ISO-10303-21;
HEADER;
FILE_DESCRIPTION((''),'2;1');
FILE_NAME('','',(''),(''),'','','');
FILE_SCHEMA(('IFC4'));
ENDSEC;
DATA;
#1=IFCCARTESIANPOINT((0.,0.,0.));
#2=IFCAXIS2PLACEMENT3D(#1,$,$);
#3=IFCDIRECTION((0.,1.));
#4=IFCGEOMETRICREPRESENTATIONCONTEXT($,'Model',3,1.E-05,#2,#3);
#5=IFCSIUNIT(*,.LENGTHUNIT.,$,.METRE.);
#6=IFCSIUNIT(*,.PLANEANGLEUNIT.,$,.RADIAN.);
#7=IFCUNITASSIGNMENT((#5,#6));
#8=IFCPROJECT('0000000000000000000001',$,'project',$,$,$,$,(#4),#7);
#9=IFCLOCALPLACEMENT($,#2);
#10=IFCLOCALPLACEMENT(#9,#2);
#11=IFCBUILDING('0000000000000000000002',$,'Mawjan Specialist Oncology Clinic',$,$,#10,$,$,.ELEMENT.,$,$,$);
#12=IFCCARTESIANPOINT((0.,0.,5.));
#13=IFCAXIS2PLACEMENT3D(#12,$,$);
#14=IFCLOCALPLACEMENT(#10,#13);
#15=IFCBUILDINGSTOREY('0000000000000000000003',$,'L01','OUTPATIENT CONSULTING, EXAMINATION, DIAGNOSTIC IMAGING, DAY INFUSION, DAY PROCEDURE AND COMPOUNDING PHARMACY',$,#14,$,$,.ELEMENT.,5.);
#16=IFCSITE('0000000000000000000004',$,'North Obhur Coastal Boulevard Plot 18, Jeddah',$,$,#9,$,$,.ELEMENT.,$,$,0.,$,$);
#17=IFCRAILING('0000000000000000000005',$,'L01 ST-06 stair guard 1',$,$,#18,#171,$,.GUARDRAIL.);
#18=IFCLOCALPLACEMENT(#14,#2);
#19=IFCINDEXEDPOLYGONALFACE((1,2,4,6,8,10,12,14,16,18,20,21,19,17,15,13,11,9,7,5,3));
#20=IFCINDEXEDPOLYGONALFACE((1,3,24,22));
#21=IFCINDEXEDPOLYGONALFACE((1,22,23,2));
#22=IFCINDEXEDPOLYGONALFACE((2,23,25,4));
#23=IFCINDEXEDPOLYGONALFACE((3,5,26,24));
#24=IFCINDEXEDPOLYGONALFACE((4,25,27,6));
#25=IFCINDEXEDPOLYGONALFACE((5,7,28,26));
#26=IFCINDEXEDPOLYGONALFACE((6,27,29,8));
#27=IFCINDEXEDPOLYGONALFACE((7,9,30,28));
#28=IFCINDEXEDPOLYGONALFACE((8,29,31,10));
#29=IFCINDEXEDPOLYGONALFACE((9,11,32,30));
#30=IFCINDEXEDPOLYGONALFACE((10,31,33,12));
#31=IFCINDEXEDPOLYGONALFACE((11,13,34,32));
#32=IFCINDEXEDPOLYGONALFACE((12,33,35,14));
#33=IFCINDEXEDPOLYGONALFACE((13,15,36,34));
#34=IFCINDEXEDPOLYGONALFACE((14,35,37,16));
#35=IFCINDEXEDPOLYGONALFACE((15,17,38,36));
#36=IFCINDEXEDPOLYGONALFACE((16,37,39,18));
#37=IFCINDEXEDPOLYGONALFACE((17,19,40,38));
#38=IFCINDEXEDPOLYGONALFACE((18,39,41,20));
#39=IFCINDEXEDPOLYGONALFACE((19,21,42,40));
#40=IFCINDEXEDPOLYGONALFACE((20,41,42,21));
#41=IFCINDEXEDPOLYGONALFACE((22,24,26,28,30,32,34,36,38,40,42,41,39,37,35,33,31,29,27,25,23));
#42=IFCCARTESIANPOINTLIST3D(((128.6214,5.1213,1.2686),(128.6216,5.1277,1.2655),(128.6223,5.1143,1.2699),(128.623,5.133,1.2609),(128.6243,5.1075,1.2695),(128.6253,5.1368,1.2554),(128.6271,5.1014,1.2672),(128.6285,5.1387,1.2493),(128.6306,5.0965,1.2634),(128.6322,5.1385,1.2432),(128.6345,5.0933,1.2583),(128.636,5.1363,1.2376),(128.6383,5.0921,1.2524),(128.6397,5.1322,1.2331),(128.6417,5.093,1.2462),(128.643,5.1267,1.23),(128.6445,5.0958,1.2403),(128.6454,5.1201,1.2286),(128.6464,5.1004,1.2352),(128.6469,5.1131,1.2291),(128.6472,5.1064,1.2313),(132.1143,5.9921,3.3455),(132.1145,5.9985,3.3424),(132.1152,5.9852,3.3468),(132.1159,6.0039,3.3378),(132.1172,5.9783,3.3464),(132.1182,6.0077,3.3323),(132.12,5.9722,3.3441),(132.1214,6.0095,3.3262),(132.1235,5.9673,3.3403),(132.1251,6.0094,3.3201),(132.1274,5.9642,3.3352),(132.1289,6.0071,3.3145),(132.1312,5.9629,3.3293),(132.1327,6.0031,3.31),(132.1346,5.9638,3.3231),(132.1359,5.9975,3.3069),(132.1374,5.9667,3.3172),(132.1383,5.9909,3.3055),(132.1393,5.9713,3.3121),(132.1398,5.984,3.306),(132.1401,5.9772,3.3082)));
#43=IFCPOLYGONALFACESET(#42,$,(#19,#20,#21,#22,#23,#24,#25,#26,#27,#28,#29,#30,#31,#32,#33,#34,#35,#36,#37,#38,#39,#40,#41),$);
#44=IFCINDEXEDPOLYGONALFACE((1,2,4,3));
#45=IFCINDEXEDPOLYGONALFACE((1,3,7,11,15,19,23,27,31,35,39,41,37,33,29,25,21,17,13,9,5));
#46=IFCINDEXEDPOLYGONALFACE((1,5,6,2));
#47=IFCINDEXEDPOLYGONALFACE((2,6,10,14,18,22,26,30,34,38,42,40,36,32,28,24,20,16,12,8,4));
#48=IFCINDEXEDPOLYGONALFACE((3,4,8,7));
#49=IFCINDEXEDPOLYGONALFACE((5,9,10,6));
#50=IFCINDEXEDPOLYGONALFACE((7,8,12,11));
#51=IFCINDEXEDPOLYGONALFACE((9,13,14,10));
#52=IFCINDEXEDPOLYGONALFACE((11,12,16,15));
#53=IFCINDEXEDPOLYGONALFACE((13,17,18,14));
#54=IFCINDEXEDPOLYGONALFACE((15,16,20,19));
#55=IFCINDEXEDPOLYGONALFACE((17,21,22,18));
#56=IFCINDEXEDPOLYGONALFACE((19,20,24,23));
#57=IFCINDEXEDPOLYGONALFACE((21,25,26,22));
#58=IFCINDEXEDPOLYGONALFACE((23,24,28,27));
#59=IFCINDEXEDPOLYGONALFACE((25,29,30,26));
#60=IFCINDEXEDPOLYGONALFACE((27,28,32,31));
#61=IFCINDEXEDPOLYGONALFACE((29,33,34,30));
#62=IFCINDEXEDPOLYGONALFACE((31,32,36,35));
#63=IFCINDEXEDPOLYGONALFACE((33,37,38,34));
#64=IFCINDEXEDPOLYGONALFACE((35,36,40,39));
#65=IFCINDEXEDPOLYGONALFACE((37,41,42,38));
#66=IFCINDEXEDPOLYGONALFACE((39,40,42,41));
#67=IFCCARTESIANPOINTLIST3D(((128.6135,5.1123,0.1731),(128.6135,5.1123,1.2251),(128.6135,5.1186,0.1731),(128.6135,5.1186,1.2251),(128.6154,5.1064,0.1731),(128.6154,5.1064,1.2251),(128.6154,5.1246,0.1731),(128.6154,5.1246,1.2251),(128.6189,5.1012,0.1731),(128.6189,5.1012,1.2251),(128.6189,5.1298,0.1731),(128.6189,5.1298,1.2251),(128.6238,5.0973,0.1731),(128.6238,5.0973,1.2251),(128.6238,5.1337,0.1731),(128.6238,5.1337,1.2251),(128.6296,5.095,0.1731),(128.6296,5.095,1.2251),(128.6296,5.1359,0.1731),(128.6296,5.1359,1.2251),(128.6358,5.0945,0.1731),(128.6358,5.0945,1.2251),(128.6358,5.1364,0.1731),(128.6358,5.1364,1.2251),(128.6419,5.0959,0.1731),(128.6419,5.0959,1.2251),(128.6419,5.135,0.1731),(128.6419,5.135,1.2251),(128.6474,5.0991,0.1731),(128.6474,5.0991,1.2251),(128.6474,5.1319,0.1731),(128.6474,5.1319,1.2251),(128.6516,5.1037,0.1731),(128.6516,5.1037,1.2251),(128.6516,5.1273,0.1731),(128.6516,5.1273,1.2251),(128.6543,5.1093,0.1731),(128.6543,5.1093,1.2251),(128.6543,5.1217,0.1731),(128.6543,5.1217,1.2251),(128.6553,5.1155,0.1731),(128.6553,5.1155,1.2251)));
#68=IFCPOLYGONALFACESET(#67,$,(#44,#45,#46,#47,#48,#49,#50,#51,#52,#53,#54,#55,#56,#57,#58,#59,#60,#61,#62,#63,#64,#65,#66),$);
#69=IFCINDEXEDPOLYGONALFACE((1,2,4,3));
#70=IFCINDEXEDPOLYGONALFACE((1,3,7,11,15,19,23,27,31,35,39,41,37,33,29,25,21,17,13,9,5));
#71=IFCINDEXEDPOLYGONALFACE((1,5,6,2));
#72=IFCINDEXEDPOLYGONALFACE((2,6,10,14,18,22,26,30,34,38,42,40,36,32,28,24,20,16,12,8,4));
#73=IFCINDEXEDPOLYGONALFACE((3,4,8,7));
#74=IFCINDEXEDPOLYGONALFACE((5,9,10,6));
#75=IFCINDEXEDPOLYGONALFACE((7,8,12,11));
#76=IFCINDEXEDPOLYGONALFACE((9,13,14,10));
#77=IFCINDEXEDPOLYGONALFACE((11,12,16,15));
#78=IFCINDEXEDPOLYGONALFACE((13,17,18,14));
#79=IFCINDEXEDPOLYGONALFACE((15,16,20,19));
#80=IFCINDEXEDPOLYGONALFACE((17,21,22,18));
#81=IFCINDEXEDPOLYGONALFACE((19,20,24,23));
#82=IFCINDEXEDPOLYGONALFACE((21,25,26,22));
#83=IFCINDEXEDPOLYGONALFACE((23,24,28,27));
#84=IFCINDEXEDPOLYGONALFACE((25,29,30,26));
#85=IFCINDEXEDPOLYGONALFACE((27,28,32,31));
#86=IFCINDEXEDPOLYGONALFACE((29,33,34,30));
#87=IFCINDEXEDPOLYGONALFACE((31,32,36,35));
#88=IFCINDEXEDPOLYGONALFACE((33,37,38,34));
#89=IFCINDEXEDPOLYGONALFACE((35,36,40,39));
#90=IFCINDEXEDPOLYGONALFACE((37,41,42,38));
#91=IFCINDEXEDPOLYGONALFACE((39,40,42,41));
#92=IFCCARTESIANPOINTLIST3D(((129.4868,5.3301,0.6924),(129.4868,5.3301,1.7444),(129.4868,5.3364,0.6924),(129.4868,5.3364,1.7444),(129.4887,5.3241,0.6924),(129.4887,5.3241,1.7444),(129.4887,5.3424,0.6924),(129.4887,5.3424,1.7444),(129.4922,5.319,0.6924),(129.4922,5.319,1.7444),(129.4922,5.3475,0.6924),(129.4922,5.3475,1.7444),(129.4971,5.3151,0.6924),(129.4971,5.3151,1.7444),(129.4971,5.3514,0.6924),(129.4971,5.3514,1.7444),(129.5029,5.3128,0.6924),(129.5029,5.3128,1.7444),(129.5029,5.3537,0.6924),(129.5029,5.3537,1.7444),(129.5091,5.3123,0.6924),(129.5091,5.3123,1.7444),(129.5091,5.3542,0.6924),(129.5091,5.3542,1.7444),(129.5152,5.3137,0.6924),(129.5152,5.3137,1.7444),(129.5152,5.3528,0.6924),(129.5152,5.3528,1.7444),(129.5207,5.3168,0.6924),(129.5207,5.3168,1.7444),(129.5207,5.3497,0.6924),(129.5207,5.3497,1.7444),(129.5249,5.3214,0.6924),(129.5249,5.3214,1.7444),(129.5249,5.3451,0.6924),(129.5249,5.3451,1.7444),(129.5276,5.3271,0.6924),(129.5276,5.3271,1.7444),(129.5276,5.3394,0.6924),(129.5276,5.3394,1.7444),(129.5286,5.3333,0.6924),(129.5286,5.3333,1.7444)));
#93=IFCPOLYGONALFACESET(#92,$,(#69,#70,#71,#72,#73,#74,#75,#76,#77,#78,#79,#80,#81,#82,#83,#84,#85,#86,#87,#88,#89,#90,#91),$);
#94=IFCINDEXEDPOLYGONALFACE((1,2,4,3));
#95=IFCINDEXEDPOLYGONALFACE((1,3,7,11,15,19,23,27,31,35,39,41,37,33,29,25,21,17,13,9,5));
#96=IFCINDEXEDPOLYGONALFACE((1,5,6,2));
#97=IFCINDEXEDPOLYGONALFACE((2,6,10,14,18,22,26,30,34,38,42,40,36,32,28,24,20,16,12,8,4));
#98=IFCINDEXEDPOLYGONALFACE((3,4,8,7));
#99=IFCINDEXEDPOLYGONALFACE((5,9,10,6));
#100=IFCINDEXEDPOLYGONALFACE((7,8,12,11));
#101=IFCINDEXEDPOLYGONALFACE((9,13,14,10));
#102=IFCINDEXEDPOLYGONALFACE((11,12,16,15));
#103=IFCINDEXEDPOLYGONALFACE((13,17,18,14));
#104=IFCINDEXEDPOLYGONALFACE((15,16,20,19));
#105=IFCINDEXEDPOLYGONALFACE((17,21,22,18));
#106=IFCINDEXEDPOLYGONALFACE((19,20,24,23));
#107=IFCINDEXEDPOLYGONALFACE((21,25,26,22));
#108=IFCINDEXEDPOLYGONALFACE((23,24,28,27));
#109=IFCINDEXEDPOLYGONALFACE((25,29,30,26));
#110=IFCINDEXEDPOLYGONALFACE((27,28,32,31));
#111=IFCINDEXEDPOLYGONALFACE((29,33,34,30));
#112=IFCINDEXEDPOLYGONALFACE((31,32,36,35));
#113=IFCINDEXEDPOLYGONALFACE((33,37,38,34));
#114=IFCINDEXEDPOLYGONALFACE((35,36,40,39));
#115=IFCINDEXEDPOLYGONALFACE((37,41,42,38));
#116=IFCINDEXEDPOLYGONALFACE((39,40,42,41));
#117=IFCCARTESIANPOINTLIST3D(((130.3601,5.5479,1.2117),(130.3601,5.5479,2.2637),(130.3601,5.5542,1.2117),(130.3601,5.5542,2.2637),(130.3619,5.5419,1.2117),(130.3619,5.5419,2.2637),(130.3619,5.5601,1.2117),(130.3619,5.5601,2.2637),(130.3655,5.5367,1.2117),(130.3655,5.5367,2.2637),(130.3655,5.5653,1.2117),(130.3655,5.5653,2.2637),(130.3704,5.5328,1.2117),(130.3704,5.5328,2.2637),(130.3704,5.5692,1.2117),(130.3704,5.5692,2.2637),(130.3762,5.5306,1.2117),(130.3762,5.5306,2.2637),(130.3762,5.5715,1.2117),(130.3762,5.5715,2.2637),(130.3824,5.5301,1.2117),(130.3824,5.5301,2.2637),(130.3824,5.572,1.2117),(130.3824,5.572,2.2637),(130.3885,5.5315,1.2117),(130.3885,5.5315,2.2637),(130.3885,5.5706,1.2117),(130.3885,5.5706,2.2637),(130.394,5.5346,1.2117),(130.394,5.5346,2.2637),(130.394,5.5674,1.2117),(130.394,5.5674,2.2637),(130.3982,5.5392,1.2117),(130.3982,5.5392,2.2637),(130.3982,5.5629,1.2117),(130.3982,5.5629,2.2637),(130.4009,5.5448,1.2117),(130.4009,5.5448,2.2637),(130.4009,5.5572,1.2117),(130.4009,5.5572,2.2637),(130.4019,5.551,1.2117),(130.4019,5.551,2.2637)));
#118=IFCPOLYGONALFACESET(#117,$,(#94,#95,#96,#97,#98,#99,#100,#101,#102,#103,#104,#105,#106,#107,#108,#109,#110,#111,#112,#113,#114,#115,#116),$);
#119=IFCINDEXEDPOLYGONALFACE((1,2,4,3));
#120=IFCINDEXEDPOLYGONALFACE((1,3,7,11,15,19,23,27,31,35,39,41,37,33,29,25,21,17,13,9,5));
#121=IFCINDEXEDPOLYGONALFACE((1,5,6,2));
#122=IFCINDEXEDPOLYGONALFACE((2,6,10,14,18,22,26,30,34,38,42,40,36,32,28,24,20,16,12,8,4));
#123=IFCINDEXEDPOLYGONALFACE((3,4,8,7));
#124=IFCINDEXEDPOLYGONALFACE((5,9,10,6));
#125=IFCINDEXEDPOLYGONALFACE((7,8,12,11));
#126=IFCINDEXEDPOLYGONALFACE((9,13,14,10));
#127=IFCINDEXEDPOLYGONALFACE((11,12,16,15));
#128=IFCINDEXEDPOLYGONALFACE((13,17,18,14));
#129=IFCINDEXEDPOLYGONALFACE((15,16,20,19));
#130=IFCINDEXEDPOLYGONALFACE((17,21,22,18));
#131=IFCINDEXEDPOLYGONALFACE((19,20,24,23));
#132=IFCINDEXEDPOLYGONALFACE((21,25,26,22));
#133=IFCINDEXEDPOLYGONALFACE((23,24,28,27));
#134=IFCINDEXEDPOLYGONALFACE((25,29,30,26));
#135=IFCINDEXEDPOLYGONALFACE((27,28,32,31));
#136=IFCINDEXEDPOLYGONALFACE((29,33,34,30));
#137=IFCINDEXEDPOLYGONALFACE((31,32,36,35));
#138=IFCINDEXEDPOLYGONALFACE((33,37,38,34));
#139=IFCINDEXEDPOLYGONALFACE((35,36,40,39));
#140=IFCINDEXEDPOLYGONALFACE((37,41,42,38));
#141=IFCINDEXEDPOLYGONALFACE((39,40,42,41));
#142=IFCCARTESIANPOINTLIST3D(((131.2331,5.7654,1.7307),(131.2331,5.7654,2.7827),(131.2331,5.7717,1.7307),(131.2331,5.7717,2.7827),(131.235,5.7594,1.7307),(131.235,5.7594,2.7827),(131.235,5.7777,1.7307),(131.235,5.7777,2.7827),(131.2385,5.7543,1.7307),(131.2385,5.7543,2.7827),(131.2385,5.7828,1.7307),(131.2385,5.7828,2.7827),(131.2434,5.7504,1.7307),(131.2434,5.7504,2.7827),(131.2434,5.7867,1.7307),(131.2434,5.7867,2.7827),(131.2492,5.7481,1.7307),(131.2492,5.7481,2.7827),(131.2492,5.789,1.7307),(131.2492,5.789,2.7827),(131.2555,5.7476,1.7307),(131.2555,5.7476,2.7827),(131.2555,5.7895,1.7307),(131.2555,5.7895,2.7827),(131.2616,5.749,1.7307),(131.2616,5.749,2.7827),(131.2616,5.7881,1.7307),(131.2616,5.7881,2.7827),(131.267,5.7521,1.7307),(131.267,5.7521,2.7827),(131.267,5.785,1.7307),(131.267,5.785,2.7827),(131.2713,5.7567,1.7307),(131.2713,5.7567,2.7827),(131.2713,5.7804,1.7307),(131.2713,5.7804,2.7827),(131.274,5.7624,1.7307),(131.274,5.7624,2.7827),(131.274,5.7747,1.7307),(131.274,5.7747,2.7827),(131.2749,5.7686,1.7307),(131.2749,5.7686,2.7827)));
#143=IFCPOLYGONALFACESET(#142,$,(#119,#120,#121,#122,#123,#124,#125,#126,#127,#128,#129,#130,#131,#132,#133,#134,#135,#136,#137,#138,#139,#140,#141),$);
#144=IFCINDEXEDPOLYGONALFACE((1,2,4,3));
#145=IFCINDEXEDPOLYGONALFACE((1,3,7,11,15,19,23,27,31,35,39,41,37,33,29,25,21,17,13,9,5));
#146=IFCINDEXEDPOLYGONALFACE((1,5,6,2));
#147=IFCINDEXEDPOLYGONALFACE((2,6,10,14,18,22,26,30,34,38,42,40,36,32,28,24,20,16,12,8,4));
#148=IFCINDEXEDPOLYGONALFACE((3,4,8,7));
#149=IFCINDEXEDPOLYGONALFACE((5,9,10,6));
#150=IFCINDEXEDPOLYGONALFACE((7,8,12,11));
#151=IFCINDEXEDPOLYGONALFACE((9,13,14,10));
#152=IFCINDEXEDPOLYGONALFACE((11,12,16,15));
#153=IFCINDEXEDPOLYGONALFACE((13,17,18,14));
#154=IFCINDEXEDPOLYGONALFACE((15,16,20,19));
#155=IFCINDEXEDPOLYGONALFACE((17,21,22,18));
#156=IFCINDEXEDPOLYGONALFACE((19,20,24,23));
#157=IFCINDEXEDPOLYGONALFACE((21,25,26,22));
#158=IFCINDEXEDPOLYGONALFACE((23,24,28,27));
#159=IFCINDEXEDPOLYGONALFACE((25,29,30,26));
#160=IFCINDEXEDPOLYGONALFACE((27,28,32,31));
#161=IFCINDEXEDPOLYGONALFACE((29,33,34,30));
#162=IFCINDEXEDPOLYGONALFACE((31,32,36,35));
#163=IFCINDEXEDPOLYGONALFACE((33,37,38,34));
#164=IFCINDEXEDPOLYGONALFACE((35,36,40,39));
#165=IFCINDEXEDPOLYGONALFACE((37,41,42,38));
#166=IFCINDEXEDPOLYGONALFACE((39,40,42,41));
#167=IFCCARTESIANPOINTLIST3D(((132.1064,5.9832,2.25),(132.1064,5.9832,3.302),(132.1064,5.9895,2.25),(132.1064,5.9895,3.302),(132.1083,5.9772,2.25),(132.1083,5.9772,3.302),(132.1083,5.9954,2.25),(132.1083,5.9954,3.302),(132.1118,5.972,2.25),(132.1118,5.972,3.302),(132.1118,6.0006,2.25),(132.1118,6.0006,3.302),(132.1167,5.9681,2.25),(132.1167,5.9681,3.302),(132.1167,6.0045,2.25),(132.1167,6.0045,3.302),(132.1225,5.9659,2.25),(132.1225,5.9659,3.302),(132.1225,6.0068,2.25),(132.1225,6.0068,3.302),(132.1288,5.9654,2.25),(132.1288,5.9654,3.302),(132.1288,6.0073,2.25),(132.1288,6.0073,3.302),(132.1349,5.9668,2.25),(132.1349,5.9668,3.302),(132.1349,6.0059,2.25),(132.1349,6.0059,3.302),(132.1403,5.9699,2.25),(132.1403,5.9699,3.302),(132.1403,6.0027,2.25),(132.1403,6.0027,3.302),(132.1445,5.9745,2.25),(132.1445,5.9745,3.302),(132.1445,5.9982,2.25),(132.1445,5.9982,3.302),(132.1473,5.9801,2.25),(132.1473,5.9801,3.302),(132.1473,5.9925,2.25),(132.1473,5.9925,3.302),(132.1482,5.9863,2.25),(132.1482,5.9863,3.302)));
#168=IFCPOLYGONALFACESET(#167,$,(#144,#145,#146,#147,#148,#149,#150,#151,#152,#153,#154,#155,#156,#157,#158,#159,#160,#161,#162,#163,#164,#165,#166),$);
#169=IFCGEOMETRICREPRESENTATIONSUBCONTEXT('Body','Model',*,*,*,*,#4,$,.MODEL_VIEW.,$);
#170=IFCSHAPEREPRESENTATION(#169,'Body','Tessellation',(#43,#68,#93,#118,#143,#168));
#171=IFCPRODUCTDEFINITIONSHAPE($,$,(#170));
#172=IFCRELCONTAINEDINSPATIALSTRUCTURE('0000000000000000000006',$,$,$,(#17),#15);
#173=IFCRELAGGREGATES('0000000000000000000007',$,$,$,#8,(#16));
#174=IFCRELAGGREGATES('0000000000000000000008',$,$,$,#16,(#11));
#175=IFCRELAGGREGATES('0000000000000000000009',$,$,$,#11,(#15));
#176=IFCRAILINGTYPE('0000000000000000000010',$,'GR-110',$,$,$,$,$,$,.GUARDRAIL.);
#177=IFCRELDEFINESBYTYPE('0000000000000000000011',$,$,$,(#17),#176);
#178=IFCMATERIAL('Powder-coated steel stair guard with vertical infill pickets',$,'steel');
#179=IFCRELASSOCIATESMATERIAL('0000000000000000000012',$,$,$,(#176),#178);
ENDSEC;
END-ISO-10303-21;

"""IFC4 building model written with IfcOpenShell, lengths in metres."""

from ifc_helpers import new_model, si_unit, direction, frame, origin, origin_2d, place, context, subcontext, project, spatial, circle, extrude, material, type_object, element, save


model = new_model("IFC4")

# Units and contexts
model_context = context("Model", 3, precision=1e-05, world=origin(), true_north=direction((0.0, 1.0)))
body_context = subcontext(model_context, "Body", "Model", "MODEL_VIEW")
ifc_project = project(units=[si_unit("LENGTHUNIT", "METRE"), si_unit("PLANEANGLEUNIT", "RADIAN")], contexts=[model_context])

# Site, building, storey
site_placement = place(None, origin())
site = spatial("IfcSite", under=ifc_project, at=site_placement, Name="North Obhur Coastal Boulevard Plot 18, Jeddah", CompositionType="ELEMENT", RefElevation=0.0)
building_placement = place(site_placement, origin())
building = spatial("IfcBuilding", under=site, at=building_placement, Name="Mawjan Specialist Oncology Clinic", CompositionType="ELEMENT")
storey_placement = place(building_placement, frame((0.0, 0.0, 5.0)))
storey = spatial("IfcBuildingStorey", under=building, at=storey_placement, Name="L01", Description="OUTPATIENT CONSULTING, EXAMINATION, DIAGNOSTIC IMAGING, DAY INFUSION, DAY PROCEDURE AND COMPOUNDING PHARMACY", CompositionType="ELEMENT", Elevation=5.0)

# Railing
ifc_material_1 = material(Name="Powder-coated steel stair guard with vertical infill pickets", Category="steel")
railing_type = type_object("IfcRailingType", Name="GR-110", PredefinedType="GUARDRAIL", material=ifc_material_1)
railing_1_placement = place(storey_placement, frame((128.6343, 5.1155, 0.1731)))
element("IfcRailing", 1, at=railing_1_placement, inside=storey, type_object=railing_type, Name="L01 ST-06 stair guard 1", PredefinedType="GUARDRAIL", context=body_context, shape_type="SweptSolid", body=[
    extrude(circle(Radius=0.0239, at=origin_2d()), frame((0.0, 0.0, 1.0762), z_axis=(0.840451, 0.20954, 0.499735), x_axis=(-0.241913, 0.970298, 0.0)), (0.0, 0.0, 1.0), 4.156),
    extrude(circle(Radius=0.021, at=origin_2d()), origin(), (0.0, 0.0, 1.0), 1.052),
    extrude(circle(Radius=0.021, at=origin_2d()), frame((0.8733, 0.2178, 0.5193)), (0.0, 0.0, 1.0), 1.052),
    extrude(circle(Radius=0.021, at=origin_2d()), frame((1.7466, 0.4355, 1.0386)), (0.0, 0.0, 1.0), 1.052),
    extrude(circle(Radius=0.021, at=origin_2d()), frame((2.6196, 0.6531, 1.5576)), (0.0, 0.0, 1.0), 1.052),
    extrude(circle(Radius=0.021, at=origin_2d()), frame((3.4929, 0.8708, 2.0769)), (0.0, 0.0, 1.0), 1.052),
])

save(model, "model.ifc")
